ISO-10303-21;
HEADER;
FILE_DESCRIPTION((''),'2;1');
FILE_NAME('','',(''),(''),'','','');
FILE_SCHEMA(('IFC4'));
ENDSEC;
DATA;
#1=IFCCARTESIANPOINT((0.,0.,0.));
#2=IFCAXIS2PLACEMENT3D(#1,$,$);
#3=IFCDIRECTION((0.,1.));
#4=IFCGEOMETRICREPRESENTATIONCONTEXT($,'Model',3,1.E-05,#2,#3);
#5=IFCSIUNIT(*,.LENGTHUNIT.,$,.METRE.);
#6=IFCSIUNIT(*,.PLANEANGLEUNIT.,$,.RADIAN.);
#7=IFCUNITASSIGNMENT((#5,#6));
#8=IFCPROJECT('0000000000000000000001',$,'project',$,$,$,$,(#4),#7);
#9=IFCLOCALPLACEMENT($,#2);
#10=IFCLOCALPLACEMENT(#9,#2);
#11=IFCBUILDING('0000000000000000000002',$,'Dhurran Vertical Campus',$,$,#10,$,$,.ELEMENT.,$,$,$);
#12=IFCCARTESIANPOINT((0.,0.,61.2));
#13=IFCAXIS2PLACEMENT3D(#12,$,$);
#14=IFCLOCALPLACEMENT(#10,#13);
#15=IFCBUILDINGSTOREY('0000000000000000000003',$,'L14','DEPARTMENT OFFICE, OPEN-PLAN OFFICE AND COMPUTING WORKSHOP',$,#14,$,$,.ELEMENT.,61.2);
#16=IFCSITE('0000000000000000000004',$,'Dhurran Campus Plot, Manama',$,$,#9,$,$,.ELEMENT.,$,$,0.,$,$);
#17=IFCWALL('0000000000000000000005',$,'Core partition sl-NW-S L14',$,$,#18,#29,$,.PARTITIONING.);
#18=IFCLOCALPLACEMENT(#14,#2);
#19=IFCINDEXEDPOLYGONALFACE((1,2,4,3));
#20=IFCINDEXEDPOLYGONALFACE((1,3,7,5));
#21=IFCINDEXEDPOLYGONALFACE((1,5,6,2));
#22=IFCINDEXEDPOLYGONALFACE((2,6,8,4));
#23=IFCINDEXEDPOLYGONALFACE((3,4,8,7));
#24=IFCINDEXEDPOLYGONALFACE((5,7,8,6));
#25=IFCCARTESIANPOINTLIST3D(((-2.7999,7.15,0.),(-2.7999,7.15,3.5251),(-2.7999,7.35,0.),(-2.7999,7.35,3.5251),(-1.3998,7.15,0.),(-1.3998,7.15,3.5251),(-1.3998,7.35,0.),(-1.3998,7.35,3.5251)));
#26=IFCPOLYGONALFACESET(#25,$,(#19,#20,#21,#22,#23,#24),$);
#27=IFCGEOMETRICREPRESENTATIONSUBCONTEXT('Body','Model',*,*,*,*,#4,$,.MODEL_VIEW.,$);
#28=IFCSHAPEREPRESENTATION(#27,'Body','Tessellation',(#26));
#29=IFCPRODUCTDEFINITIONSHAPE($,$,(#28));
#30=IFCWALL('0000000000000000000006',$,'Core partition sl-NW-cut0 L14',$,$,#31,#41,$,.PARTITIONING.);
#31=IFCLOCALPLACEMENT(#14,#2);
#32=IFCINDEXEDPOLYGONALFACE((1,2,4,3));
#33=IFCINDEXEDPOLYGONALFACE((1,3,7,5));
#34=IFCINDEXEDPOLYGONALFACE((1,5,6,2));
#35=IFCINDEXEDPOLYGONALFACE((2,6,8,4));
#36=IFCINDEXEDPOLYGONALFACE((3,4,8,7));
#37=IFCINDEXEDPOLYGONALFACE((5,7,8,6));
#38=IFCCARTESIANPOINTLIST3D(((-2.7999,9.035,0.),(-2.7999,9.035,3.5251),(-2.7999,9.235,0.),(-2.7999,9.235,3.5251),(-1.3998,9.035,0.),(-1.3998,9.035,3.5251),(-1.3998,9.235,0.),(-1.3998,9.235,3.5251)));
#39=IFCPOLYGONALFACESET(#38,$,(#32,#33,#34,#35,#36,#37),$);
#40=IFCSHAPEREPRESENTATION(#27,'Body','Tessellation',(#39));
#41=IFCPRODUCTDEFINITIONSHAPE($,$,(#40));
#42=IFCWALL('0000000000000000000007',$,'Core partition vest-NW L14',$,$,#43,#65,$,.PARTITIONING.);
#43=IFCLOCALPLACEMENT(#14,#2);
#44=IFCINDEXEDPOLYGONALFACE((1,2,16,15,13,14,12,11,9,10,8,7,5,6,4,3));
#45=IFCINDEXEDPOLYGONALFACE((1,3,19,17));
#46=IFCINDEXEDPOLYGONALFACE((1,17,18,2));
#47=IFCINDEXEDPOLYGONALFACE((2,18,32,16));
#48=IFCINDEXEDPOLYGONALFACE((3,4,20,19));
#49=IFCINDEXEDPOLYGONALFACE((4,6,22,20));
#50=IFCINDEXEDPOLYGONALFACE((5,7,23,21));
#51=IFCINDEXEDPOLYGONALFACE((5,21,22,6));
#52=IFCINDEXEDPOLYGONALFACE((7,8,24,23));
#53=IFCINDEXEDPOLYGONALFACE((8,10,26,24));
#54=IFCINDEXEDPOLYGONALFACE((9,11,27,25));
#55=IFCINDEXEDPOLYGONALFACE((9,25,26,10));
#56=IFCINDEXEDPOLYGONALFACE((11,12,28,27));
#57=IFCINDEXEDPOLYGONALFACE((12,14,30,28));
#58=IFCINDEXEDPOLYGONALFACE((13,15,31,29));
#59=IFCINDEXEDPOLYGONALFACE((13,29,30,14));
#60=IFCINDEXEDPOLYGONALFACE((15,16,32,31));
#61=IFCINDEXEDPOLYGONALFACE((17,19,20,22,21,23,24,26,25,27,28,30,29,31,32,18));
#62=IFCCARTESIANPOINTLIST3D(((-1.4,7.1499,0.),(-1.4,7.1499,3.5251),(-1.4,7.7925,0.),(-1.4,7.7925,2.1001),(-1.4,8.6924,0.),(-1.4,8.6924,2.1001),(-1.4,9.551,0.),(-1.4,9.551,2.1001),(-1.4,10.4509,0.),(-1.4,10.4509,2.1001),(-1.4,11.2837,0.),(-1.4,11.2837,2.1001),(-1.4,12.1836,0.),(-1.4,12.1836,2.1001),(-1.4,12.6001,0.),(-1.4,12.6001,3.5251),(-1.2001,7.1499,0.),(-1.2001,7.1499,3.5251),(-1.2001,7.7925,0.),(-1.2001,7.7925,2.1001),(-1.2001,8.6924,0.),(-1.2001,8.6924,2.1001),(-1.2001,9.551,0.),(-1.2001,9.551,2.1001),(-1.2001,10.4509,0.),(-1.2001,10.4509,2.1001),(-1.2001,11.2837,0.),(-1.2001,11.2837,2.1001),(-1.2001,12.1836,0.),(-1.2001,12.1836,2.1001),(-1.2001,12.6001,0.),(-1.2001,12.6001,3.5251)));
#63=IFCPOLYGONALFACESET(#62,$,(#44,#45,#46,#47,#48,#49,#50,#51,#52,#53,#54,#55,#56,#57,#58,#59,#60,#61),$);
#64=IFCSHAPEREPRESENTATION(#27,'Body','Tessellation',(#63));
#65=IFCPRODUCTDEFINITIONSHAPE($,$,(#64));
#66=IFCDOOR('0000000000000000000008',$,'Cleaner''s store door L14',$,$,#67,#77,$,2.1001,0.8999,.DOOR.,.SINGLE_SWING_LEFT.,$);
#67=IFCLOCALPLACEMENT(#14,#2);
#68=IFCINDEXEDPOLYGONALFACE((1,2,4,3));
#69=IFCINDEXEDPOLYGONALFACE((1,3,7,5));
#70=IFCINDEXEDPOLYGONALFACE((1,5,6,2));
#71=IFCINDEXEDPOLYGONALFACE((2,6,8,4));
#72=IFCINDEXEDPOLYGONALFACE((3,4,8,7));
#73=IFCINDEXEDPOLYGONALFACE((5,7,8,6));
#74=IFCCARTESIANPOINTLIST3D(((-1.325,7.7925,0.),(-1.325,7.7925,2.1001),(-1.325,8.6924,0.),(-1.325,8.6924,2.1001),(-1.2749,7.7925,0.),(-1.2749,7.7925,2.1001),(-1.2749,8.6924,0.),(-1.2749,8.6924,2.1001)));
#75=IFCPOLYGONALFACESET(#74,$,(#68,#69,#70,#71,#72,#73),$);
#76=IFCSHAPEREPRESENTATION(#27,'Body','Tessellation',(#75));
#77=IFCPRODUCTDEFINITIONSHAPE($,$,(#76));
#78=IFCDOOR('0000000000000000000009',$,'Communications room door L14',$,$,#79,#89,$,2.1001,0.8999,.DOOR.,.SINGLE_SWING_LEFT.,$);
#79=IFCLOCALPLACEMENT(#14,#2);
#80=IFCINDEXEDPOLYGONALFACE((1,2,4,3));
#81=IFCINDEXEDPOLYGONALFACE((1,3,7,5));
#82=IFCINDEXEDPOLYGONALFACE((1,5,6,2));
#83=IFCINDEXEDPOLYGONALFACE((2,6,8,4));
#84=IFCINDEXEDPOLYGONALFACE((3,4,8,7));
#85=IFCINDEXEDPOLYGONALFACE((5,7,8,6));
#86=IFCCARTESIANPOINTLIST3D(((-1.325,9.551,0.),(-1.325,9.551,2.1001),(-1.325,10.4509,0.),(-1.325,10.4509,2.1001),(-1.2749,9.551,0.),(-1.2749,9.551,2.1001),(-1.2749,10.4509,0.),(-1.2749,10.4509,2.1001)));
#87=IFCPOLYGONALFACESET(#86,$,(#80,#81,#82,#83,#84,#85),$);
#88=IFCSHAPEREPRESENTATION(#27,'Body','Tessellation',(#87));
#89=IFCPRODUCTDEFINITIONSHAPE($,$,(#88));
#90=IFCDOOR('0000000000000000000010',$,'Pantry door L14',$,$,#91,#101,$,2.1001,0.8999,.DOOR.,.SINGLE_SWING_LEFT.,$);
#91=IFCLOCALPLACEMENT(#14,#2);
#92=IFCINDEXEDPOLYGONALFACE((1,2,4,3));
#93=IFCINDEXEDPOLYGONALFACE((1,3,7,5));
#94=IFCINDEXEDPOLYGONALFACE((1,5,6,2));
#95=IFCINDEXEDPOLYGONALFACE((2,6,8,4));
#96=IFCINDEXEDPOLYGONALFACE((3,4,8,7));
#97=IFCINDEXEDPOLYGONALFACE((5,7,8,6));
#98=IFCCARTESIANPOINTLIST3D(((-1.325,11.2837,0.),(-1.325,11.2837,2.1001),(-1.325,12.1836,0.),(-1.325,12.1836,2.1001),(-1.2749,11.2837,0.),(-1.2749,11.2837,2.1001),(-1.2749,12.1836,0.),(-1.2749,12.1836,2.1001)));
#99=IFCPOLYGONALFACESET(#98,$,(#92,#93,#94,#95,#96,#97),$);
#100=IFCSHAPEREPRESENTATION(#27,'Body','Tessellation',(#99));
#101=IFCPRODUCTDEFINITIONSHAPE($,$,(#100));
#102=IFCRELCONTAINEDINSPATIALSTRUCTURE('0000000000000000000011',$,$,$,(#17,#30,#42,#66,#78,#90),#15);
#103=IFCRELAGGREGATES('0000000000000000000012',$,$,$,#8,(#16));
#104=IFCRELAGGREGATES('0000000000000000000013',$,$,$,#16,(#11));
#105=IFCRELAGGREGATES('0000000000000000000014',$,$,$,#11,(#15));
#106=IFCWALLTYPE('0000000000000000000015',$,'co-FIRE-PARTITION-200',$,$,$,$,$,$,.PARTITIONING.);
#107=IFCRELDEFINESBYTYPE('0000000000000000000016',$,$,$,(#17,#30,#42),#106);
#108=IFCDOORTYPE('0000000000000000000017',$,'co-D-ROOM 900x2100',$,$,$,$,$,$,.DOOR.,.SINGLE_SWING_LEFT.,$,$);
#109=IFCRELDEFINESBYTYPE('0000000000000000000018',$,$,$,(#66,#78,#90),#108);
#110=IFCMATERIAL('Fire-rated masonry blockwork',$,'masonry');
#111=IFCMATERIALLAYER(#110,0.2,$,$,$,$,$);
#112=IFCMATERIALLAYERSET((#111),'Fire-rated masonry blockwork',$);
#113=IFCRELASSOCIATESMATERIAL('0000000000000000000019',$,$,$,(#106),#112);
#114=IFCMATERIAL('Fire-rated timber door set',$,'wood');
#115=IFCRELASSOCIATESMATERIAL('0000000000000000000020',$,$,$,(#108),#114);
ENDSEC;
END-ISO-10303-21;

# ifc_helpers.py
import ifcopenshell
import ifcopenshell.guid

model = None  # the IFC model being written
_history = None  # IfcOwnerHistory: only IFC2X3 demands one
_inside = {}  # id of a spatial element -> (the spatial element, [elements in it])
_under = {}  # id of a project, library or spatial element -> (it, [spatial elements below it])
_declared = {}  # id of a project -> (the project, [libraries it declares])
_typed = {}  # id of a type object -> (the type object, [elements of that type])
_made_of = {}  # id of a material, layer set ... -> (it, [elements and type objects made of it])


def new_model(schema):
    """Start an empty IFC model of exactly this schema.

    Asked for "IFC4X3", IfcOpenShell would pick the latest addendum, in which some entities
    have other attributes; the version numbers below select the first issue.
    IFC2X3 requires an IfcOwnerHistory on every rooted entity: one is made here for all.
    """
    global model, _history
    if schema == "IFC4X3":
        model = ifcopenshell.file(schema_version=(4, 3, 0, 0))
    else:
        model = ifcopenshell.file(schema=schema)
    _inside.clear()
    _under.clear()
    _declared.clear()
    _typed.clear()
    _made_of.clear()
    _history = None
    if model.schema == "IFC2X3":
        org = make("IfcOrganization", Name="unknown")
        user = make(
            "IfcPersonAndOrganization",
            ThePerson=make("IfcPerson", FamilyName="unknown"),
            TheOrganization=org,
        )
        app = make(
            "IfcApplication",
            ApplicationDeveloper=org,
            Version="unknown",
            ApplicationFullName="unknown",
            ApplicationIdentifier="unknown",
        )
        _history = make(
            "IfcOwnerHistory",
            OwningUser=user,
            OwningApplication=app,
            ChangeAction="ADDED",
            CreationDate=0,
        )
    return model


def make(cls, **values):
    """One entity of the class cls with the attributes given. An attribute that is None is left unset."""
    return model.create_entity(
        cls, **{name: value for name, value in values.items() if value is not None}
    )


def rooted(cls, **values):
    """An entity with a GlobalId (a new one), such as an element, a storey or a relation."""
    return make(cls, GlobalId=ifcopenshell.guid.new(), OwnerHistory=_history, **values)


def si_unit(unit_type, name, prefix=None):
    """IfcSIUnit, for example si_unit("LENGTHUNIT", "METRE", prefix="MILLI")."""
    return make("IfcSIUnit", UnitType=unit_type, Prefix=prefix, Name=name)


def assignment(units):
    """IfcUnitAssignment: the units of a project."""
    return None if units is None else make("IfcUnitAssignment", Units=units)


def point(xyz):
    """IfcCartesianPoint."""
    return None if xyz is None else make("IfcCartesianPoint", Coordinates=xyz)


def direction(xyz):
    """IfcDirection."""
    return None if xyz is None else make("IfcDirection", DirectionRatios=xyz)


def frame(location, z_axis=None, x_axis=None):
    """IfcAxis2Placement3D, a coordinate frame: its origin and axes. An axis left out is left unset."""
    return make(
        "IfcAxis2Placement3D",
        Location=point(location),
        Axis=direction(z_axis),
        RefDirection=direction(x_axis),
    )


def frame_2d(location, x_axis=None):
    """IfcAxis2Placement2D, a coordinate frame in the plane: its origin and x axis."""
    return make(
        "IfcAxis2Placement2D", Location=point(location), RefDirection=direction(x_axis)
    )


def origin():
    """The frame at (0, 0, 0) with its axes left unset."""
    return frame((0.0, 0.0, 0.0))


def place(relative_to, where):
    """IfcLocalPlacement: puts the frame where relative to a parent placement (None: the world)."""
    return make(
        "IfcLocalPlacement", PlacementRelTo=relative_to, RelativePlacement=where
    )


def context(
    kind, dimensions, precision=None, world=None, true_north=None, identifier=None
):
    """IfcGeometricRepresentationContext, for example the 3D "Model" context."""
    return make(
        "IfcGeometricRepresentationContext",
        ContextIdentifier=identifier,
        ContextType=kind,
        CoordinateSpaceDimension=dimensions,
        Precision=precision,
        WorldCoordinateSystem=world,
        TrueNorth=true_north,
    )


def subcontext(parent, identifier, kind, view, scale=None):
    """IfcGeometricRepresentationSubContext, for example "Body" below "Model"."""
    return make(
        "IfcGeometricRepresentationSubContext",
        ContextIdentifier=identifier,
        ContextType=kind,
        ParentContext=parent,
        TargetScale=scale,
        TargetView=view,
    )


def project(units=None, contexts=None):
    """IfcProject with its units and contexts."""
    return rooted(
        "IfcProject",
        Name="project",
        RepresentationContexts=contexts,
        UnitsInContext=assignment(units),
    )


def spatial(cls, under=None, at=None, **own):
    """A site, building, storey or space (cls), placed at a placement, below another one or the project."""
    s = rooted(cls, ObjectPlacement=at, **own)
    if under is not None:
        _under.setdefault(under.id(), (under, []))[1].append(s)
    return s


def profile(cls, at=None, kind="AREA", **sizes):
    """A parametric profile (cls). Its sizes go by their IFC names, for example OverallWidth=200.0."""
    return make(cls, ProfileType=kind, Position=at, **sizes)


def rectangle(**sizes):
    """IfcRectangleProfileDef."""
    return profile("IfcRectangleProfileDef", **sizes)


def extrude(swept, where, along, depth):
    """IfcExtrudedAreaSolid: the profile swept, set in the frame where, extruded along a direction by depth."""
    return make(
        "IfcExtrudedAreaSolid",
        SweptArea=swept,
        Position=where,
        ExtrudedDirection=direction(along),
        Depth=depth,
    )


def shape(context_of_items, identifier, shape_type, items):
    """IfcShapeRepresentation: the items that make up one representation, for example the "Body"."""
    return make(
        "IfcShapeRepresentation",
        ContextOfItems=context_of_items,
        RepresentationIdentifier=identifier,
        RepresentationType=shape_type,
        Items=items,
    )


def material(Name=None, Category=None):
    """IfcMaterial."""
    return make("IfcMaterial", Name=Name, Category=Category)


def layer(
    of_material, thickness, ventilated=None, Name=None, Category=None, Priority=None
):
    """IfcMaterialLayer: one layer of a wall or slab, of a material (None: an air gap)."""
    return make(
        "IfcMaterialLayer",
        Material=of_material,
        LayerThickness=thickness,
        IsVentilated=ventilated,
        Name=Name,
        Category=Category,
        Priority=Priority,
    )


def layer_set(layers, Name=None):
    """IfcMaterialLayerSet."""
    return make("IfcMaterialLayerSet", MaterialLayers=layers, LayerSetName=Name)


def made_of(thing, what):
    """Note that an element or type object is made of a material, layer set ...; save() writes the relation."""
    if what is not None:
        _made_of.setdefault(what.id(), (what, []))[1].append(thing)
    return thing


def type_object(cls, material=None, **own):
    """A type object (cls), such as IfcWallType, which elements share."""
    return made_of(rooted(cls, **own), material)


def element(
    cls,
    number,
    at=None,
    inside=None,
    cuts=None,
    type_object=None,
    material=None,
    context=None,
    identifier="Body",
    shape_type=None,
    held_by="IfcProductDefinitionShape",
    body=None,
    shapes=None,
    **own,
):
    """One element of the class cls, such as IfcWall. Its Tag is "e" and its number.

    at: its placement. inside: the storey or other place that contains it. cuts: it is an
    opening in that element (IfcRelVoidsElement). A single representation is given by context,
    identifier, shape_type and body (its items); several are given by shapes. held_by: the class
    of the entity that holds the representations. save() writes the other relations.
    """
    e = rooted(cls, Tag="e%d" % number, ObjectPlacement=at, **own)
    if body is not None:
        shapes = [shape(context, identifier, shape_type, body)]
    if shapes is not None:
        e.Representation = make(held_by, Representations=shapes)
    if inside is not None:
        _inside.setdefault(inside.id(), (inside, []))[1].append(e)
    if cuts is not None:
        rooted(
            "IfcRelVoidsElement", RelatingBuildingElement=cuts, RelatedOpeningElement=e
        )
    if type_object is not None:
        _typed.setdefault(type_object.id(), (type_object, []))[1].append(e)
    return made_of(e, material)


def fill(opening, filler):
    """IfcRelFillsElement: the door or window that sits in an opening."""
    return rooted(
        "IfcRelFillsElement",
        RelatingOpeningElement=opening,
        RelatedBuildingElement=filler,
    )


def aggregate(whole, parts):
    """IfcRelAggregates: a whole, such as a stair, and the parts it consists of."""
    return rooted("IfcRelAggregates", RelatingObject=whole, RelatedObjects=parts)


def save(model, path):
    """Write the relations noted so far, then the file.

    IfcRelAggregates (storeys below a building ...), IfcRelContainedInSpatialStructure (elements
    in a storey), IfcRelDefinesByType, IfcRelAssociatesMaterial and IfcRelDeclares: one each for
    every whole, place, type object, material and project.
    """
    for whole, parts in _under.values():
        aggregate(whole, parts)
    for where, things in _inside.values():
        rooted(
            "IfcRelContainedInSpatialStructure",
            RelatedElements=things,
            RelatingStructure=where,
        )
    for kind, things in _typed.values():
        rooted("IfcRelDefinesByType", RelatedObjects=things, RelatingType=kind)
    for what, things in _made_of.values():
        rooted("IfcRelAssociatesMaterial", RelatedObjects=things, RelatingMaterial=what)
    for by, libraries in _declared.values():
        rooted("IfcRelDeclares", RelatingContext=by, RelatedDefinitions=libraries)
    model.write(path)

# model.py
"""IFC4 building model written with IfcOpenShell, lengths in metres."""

from ifc_helpers import new_model, si_unit, direction, frame, frame_2d, origin, place, context, subcontext, project, spatial, rectangle, extrude, material, layer, layer_set, type_object, element, fill, save


model = new_model("IFC4")

# Units and contexts
model_context = context("Model", 3, precision=1e-05, world=origin(), true_north=direction((0.0, 1.0)))
body_context = subcontext(model_context, "Body", "Model", "MODEL_VIEW")
ifc_project = project(units=[si_unit("LENGTHUNIT", "METRE"), si_unit("PLANEANGLEUNIT", "RADIAN")], contexts=[model_context])

# Site, building, storey
site_placement = place(None, origin())
site = spatial("IfcSite", under=ifc_project, at=site_placement, Name="Dhurran Campus Plot, Manama", CompositionType="ELEMENT", RefElevation=0.0)
building_placement = place(site_placement, origin())
building = spatial("IfcBuilding", under=site, at=building_placement, Name="Dhurran Vertical Campus", CompositionType="ELEMENT")
storey_placement = place(building_placement, frame((0.0, 0.0, 61.2)))
storey = spatial("IfcBuildingStorey", under=building, at=storey_placement, Name="L14", Description="DEPARTMENT OFFICE, OPEN-PLAN OFFICE AND COMPUTING WORKSHOP", CompositionType="ELEMENT", Elevation=61.2)

# Walls
ifc_material_1 = material(Name="Fire-rated masonry blockwork", Category="masonry")
ifc_layer_1 = layer(ifc_material_1, 0.2)
ifc_layer_set_1 = layer_set([ifc_layer_1], Name="Fire-rated masonry blockwork")
wall_type_1 = type_object("IfcWallType", Name="co-FIRE-PARTITION-200", PredefinedType="PARTITIONING", material=ifc_layer_set_1)
for number, where, z_axis, x_axis, name in (
    (1, (-2.8, 7.25, 0.0), (0.0, 0.0, 1.0), (1.0, 0.0, 0.0), "Core partition sl-NW-S L14"),
    (2, (-2.8, 9.135, 0.0), (0.0, 0.0, 1.0), (1.0, 0.0, 0.0), "Core partition sl-NW-cut0 L14"),
):
    element("IfcWall", number, at=place(storey_placement, frame(where, z_axis=z_axis, x_axis=x_axis)), inside=storey, type_object=wall_type_1, Name=name, PredefinedType="PARTITIONING", context=body_context, shape_type="SweptSolid", body=[
        extrude(rectangle(XDim=1.4001, YDim=0.2, at=frame_2d((0.7002, 0.0))), origin(), (0.0, 0.0, 1.0), 3.5251),
    ])

# Wall, openings, doors
wall_1_placement = place(storey_placement, frame((-1.3, 7.1499, 0.0), z_axis=(0.0, 0.0, 1.0), x_axis=(0.0, 1.0, 0.0)))
wall_1 = element("IfcWall", 3, at=wall_1_placement, inside=storey, type_object=wall_type_1, Name="Core partition vest-NW L14", PredefinedType="PARTITIONING", context=body_context, shape_type="SweptSolid", body=[
    extrude(rectangle(XDim=5.4502, YDim=0.2, at=frame_2d((2.7251, 0.0))), origin(), (0.0, 0.0, 1.0), 3.5251),
])
opening_1_placement = place(wall_1_placement, frame((0.6426, 0.0, 0.0)))
opening_1 = element("IfcOpeningElement", 4, at=opening_1_placement, cuts=wall_1, PredefinedType="OPENING", context=body_context, shape_type="SweptSolid", body=[
    extrude(rectangle(XDim=0.8999, YDim=2.1001, at=frame_2d((0.45, 1.05))), frame((0.0, 0.1099, 0.0), z_axis=(0.0, -1.0, 0.0), x_axis=(1.0, 0.0, 0.0)), (0.0, 0.0, 1.0), 0.22),
])
opening_2_placement = place(wall_1_placement, frame((2.4011, 0.0, 0.0)))
opening_2 = element("IfcOpeningElement", 5, at=opening_2_placement, cuts=wall_1, PredefinedType="OPENING", context=body_context, shape_type="SweptSolid", body=[
    extrude(rectangle(XDim=0.8999, YDim=2.1001, at=frame_2d((0.45, 1.05))), frame((0.0, 0.1099, 0.0), z_axis=(0.0, -1.0, 0.0), x_axis=(1.0, 0.0, 0.0)), (0.0, 0.0, 1.0), 0.22),
])
opening_3_placement = place(wall_1_placement, frame((4.1338, 0.0, 0.0)))
opening_3 = element("IfcOpeningElement", 6, at=opening_3_placement, cuts=wall_1, PredefinedType="OPENING", context=body_context, shape_type="SweptSolid", body=[
    extrude(rectangle(XDim=0.8999, YDim=2.1001, at=frame_2d((0.45, 1.05))), frame((0.0, 0.1099, 0.0), z_axis=(0.0, -1.0, 0.0), x_axis=(1.0, 0.0, 0.0)), (0.0, 0.0, 1.0), 0.22),
])
ifc_material_2 = material(Name="Fire-rated timber door set", Category="wood")
door_type_1 = type_object("IfcDoorType", Name="co-D-ROOM 900x2100", OperationType="SINGLE_SWING_LEFT", PredefinedType="DOOR", material=ifc_material_2)
door_1_placement = place(opening_1_placement, origin())
door_1 = element("IfcDoor", 7, at=door_1_placement, inside=storey, type_object=door_type_1, Name="Cleaner's store door L14", OperationType="SINGLE_SWING_LEFT", OverallHeight=2.1001, OverallWidth=0.8999, PredefinedType="DOOR", context=body_context, shape_type="SweptSolid", body=[
    extrude(rectangle(XDim=0.8999, YDim=2.1001, at=frame_2d((0.45, 1.05))), frame((0.0, 0.0249, 0.0), z_axis=(0.0, -1.0, 0.0), x_axis=(1.0, 0.0, 0.0)), (0.0, 0.0, 1.0), 0.05),
])
fill(opening_1, door_1)
door_2_placement = place(opening_2_placement, origin())
door_2 = element("IfcDoor", 8, at=door_2_placement, inside=storey, type_object=door_type_1, Name="Communications room door L14", OperationType="SINGLE_SWING_LEFT", OverallHeight=2.1001, OverallWidth=0.8999, PredefinedType="DOOR", context=body_context, shape_type="SweptSolid", body=[
    extrude(rectangle(XDim=0.8999, YDim=2.1001, at=frame_2d((0.45, 1.05))), frame((0.0, 0.0249, 0.0), z_axis=(0.0, -1.0, 0.0), x_axis=(1.0, 0.0, 0.0)), (0.0, 0.0, 1.0), 0.05),
])
fill(opening_2, door_2)
door_3_placement = place(opening_3_placement, origin())
door_3 = element("IfcDoor", 9, at=door_3_placement, inside=storey, type_object=door_type_1, Name="Pantry door L14", OperationType="SINGLE_SWING_LEFT", OverallHeight=2.1001, OverallWidth=0.8999, PredefinedType="DOOR", context=body_context, shape_type="SweptSolid", body=[
    extrude(rectangle(XDim=0.8999, YDim=2.1001, at=frame_2d((0.45, 1.05))), frame((0.0, 0.0249, 0.0), z_axis=(0.0, -1.0, 0.0), x_axis=(1.0, 0.0, 0.0)), (0.0, 0.0, 1.0), 0.05),
])
fill(opening_3, door_3)

save(model, "model.ifc")
